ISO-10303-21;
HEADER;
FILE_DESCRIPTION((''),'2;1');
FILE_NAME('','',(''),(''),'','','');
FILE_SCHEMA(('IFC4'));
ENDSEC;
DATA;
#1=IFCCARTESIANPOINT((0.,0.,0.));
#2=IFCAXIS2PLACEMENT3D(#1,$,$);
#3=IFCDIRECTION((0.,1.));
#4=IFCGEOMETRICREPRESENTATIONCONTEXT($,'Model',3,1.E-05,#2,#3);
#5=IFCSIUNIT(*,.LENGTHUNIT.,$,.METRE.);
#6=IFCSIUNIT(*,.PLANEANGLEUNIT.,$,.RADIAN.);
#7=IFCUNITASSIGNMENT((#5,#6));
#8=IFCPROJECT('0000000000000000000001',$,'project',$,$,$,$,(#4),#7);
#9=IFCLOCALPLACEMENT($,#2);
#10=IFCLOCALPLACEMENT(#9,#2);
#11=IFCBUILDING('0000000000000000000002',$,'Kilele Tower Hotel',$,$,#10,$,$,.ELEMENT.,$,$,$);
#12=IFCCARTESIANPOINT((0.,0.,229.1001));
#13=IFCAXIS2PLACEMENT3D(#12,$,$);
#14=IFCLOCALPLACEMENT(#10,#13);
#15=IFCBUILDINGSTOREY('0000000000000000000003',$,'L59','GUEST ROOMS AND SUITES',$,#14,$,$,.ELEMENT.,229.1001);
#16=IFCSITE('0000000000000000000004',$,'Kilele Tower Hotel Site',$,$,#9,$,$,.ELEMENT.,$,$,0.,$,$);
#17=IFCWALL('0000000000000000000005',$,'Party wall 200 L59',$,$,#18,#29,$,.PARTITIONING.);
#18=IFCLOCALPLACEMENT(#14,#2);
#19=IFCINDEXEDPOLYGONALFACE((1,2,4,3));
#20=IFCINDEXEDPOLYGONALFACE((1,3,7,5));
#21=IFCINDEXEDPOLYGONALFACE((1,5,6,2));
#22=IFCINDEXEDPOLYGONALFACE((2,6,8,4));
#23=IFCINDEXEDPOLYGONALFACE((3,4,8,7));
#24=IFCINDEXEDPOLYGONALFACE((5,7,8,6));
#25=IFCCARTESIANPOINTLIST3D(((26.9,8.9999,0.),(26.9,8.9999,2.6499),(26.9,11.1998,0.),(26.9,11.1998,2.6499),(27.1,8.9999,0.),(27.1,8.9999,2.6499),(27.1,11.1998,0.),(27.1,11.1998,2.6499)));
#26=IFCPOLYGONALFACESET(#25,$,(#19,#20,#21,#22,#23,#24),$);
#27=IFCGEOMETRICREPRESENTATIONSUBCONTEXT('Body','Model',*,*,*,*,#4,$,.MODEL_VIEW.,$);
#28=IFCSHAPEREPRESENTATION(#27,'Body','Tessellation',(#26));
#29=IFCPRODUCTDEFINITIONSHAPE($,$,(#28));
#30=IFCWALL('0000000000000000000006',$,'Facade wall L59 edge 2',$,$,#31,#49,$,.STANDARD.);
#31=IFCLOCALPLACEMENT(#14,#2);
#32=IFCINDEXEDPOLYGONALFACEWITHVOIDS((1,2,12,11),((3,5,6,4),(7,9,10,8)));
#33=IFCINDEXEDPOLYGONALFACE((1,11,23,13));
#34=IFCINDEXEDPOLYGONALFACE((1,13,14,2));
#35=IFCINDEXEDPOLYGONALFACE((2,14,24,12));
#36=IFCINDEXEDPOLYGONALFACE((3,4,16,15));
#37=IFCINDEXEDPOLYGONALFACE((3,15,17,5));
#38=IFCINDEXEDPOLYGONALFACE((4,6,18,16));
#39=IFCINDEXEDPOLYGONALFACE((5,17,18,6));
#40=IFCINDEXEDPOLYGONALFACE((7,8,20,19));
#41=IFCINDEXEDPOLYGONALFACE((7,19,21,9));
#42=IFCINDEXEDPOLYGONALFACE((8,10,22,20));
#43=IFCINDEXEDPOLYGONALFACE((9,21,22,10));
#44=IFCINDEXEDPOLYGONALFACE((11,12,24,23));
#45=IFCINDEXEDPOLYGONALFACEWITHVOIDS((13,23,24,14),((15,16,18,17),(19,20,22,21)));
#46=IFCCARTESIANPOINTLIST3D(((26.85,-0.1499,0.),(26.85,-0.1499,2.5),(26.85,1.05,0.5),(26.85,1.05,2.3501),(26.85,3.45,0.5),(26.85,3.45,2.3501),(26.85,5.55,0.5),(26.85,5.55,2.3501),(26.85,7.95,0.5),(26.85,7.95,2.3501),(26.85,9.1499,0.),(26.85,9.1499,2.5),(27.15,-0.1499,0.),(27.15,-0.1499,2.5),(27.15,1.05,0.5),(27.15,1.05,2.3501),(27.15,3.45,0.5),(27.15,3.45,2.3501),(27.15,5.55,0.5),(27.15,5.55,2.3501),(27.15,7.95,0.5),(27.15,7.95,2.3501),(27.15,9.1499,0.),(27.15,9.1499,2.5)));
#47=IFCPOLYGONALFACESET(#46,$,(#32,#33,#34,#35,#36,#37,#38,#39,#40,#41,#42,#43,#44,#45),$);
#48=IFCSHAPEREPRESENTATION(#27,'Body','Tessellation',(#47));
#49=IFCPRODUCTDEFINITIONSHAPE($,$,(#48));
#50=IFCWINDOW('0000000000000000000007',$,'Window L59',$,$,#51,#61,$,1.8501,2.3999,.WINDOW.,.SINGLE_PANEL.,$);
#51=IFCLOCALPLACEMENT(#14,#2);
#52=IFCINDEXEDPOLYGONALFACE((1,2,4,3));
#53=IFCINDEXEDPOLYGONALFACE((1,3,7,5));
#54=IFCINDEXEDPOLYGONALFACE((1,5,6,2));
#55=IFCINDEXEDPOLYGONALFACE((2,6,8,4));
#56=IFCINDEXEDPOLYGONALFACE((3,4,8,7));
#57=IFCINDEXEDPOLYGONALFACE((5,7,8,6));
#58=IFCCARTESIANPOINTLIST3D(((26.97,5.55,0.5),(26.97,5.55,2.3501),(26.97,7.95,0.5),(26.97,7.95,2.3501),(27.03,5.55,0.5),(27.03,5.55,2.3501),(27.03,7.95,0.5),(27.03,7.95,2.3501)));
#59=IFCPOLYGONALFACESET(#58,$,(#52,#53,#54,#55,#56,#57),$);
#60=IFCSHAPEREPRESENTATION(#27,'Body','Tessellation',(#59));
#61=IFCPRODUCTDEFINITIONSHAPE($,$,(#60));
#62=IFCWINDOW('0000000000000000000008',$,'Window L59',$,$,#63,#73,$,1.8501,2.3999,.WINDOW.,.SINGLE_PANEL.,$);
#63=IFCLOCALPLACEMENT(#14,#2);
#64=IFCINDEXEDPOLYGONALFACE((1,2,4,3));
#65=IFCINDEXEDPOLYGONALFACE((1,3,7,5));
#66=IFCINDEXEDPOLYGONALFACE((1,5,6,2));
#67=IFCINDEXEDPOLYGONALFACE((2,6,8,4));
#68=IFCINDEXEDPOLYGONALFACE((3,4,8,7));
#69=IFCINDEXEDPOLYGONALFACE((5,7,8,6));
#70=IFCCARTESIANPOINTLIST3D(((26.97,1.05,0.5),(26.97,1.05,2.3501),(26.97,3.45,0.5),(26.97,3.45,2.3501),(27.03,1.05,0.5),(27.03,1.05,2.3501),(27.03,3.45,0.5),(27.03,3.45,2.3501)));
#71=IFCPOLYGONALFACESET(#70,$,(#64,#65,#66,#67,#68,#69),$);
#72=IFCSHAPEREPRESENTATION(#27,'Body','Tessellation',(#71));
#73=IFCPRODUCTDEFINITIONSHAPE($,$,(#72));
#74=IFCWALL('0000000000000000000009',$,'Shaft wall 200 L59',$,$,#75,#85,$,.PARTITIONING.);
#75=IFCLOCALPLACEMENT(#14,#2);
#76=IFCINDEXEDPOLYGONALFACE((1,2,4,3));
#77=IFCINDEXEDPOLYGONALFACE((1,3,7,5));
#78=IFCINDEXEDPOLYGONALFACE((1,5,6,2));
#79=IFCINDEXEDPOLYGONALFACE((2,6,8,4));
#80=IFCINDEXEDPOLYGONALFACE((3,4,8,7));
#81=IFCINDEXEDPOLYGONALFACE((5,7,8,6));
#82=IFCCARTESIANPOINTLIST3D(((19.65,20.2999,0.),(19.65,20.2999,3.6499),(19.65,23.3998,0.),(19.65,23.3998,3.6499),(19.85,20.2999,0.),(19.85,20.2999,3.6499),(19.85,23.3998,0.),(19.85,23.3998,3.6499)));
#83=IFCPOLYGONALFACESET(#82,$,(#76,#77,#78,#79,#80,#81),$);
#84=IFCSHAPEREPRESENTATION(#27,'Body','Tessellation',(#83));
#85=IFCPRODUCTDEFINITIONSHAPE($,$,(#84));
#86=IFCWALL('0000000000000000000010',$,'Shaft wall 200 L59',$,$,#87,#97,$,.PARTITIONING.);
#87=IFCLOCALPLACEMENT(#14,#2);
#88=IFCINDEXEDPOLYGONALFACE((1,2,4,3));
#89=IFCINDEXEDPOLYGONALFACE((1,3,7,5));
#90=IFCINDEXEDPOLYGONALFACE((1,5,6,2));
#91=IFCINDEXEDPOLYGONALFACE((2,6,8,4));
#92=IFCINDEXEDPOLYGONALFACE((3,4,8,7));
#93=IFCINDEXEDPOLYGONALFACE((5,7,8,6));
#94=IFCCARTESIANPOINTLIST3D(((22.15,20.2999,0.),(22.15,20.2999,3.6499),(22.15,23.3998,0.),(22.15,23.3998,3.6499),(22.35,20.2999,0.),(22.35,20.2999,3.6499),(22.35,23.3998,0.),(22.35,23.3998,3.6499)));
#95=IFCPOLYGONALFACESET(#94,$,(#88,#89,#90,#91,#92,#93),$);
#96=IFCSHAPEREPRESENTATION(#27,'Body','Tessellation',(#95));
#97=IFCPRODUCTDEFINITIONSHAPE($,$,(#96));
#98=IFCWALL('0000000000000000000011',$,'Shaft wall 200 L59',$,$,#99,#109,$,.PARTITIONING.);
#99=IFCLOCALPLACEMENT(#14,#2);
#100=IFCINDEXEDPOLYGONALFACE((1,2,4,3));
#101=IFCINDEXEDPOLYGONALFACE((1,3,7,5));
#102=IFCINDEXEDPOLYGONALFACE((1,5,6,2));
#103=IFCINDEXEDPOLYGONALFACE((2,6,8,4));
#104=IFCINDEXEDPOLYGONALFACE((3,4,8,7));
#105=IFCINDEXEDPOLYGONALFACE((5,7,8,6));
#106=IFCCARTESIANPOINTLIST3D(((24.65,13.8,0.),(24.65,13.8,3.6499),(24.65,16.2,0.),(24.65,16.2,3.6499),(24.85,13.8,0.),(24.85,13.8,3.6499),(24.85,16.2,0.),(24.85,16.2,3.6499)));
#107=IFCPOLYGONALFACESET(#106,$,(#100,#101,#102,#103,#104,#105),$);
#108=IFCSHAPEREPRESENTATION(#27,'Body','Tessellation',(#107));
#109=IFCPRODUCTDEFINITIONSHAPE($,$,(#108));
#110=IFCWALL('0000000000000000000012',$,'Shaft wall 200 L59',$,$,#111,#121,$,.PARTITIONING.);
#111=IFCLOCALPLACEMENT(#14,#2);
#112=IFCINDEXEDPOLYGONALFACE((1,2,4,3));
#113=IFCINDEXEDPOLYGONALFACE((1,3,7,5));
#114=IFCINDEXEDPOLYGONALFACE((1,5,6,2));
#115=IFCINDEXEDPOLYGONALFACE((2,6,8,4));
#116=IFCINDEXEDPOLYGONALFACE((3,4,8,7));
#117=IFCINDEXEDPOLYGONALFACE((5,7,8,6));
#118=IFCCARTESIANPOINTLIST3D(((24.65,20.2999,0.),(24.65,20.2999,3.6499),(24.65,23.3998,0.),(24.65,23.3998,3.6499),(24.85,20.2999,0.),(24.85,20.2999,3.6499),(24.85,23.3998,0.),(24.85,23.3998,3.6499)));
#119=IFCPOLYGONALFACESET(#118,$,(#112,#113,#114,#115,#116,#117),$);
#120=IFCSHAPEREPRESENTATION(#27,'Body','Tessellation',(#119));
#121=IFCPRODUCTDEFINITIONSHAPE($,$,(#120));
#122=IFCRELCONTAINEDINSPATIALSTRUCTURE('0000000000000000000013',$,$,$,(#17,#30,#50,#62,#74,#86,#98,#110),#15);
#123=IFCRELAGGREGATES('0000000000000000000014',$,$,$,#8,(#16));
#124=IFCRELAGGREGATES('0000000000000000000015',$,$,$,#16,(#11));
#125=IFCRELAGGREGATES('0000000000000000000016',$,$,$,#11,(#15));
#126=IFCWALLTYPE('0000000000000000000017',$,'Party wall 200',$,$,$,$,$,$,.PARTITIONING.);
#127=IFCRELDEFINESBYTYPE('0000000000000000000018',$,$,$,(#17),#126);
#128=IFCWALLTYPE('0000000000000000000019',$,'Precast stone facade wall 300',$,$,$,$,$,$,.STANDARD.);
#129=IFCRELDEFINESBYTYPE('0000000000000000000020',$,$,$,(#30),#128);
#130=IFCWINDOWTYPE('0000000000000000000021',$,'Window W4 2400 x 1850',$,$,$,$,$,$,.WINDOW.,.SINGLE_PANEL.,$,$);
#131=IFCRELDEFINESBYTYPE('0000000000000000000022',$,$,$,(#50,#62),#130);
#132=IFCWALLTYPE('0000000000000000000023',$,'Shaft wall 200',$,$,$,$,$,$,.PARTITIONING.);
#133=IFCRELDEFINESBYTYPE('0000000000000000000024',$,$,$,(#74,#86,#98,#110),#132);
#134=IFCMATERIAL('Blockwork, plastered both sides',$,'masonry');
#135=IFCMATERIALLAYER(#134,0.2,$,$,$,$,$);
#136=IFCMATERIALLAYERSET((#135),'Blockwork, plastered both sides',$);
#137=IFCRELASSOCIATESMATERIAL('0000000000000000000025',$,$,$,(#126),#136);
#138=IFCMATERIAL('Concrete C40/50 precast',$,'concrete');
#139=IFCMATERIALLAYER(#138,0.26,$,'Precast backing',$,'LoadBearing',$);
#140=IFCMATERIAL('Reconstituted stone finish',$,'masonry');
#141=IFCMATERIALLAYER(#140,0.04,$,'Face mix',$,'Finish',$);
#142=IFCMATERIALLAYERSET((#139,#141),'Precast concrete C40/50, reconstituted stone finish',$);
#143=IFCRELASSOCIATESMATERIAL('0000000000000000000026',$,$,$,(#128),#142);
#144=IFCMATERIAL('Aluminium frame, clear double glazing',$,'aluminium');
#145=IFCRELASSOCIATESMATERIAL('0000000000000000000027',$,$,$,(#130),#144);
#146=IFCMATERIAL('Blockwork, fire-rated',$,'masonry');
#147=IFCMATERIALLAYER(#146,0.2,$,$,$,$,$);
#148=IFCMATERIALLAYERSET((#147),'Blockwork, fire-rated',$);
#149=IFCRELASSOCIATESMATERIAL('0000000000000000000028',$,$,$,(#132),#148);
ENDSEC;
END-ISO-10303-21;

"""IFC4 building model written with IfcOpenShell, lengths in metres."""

from ifc_helpers import new_model, si_unit, direction, frame, frame_2d, origin, place, context, subcontext, project, spatial, rectangle, extrude, material, layer, layer_set, type_object, element, fill, save


model = new_model("IFC4")

# Units and contexts
model_context = context("Model", 3, precision=1e-05, world=origin(), true_north=direction((0.0, 1.0)))
body_context = subcontext(model_context, "Body", "Model", "MODEL_VIEW")
ifc_project = project(units=[si_unit("LENGTHUNIT", "METRE"), si_unit("PLANEANGLEUNIT", "RADIAN")], contexts=[model_context])

# Site, building, storey
site_placement = place(None, origin())
site = spatial("IfcSite", under=ifc_project, at=site_placement, Name="Kilele Tower Hotel Site", CompositionType="ELEMENT", RefElevation=0.0)
building_placement = place(site_placement, origin())
building = spatial("IfcBuilding", under=site, at=building_placement, Name="Kilele Tower Hotel", CompositionType="ELEMENT")
storey_placement = place(building_placement, frame((0.0, 0.0, 229.1001)))
storey = spatial("IfcBuildingStorey", under=building, at=storey_placement, Name="L59", Description="GUEST ROOMS AND SUITES", CompositionType="ELEMENT", Elevation=229.1001)

# Wall
ifc_material_1 = material(Name="Blockwork, plastered both sides", Category="masonry")
ifc_layer_1 = layer(ifc_material_1, 0.2)
ifc_layer_set_1 = layer_set([ifc_layer_1], Name="Blockwork, plastered both sides")
wall_type_1 = type_object("IfcWallType", Name="Party wall 200", PredefinedType="PARTITIONING", material=ifc_layer_set_1)
wall_1_placement = place(storey_placement, frame((27.0, 11.2, 0.0), z_axis=(0.0, 0.0, 1.0), x_axis=(0.0, -1.0, 0.0)))
element("IfcWall", 1, at=wall_1_placement, inside=storey, type_object=wall_type_1, Name="Party wall 200 L59", PredefinedType="PARTITIONING", context=body_context, shape_type="SweptSolid", body=[
    extrude(rectangle(XDim=2.2, YDim=0.2, at=frame_2d((1.1001, 0.0))), origin(), (0.0, 0.0, 1.0), 2.6499),
])

# Wall, openings, windows
ifc_material_2 = material(Name="Concrete C40/50 precast", Category="concrete")
ifc_layer_2 = layer(ifc_material_2, 0.26, Name="Precast backing", Category="LoadBearing")
ifc_material_3 = material(Name="Reconstituted stone finish", Category="masonry")
ifc_layer_3 = layer(ifc_material_3, 0.04, Name="Face mix", Category="Finish")
ifc_layer_set_2 = layer_set([ifc_layer_2, ifc_layer_3], Name="Precast concrete C40/50, reconstituted stone finish")
wall_type_2 = type_object("IfcWallType", Name="Precast stone facade wall 300", PredefinedType="STANDARD", material=ifc_layer_set_2)
wall_2_placement = place(storey_placement, frame((27.0, 9.1499, 0.0), z_axis=(0.0, 0.0, 1.0), x_axis=(0.0, -1.0, 0.0)))
wall_2 = element("IfcWall", 2, at=wall_2_placement, inside=storey, type_object=wall_type_2, Name="Facade wall L59 edge 2", PredefinedType="STANDARD", context=body_context, shape_type="SweptSolid", body=[
    extrude(rectangle(XDim=9.2998, YDim=0.3, at=frame_2d((4.6499, 0.0))), origin(), (0.0, 0.0, 1.0), 2.5),
])
opening_1_placement = place(wall_2_placement, frame((1.2, 0.0, 0.5)))
opening_1 = element("IfcOpeningElement", 3, at=opening_1_placement, cuts=wall_2, PredefinedType="OPENING", context=body_context, shape_type="SweptSolid", body=[
    extrude(rectangle(XDim=2.3999, YDim=1.8501, at=frame_2d((1.2, 0.925))), frame((0.0, 0.1599, 0.0), z_axis=(0.0, -1.0, 0.0), x_axis=(1.0, 0.0, 0.0)), (0.0, 0.0, 1.0), 0.3201),
])
opening_2_placement = place(wall_2_placement, frame((5.7, 0.0, 0.5)))
opening_2 = element("IfcOpeningElement", 4, at=opening_2_placement, cuts=wall_2, PredefinedType="OPENING", context=body_context, shape_type="SweptSolid", body=[
    extrude(rectangle(XDim=2.3999, YDim=1.8501, at=frame_2d((1.2, 0.925))), frame((0.0, 0.1599, 0.0), z_axis=(0.0, -1.0, 0.0), x_axis=(1.0, 0.0, 0.0)), (0.0, 0.0, 1.0), 0.3201),
])
ifc_material_4 = material(Name="Aluminium frame, clear double glazing", Category="aluminium")
window_type = type_object("IfcWindowType", Name="Window W4 2400 x 1850", PartitioningType="SINGLE_PANEL", PredefinedType="WINDOW", material=ifc_material_4)
window_1_placement = place(opening_1_placement, origin())
window_1 = element("IfcWindow", 5, at=window_1_placement, inside=storey, type_object=window_type, Name="Window L59", OverallHeight=1.8501, OverallWidth=2.3999, PartitioningType="SINGLE_PANEL", PredefinedType="WINDOW", context=body_context, shape_type="SweptSolid", body=[
    extrude(rectangle(XDim=2.3999, YDim=1.8501, at=frame_2d((1.2, 0.925))), frame((0.0, 0.03, 0.0), z_axis=(0.0, -1.0, 0.0), x_axis=(1.0, 0.0, 0.0)), (0.0, 0.0, 1.0), 0.0601),
])
fill(opening_1, window_1)
window_2_placement = place(opening_2_placement, origin())
window_2 = element("IfcWindow", 6, at=window_2_placement, inside=storey, type_object=window_type, Name="Window L59", OverallHeight=1.8501, OverallWidth=2.3999, PartitioningType="SINGLE_PANEL", PredefinedType="WINDOW", context=body_context, shape_type="SweptSolid", body=[
    extrude(rectangle(XDim=2.3999, YDim=1.8501, at=frame_2d((1.2, 0.925))), frame((0.0, 0.03, 0.0), z_axis=(0.0, -1.0, 0.0), x_axis=(1.0, 0.0, 0.0)), (0.0, 0.0, 1.0), 0.0601),
])
fill(opening_2, window_2)

# Walls
ifc_material_5 = material(Name="Blockwork, fire-rated", Category="masonry")
ifc_layer_4 = layer(ifc_material_5, 0.2)
ifc_layer_set_3 = layer_set([ifc_layer_4], Name="Blockwork, fire-rated")
wall_type_3 = type_object("IfcWallType", Name="Shaft wall 200", PredefinedType="PARTITIONING", material=ifc_layer_set_3)
for number, where, z_axis, x_axis, name in (
    (7, (19.75, 20.3, 0.0), (0.0, 0.0, 1.0), (0.0, 1.0, 0.0), "Shaft wall 200 L59"),
    (8, (22.25, 20.3, 0.0), (0.0, 0.0, 1.0), (0.0, 1.0, 0.0), "Shaft wall 200 L59"),
):
    element("IfcWall", number, at=place(storey_placement, frame(where, z_axis=z_axis, x_axis=x_axis)), inside=storey, type_object=wall_type_3, Name=name, PredefinedType="PARTITIONING", context=body_context, shape_type="SweptSolid", body=[
        extrude(rectangle(XDim=3.0999, YDim=0.2, at=frame_2d((1.5498, 0.0))), origin(), (0.0, 0.0, 1.0), 3.6499),
    ])
wall_3_placement = place(storey_placement, frame((24.75, 13.8, 0.0), z_axis=(0.0, 0.0, 1.0), x_axis=(0.0, 1.0, 0.0)))
element("IfcWall", 9, at=wall_3_placement, inside=storey, type_object=wall_type_3, Name="Shaft wall 200 L59", PredefinedType="PARTITIONING", context=body_context, shape_type="SweptSolid", body=[
    extrude(rectangle(XDim=2.3999, YDim=0.2, at=frame_2d((1.2, 0.0))), origin(), (0.0, 0.0, 1.0), 3.6499),
])
wall_4_placement = place(storey_placement, frame((24.75, 20.3, 0.0), z_axis=(0.0, 0.0, 1.0), x_axis=(0.0, 1.0, 0.0)))
element("IfcWall", 10, at=wall_4_placement, inside=storey, type_object=wall_type_3, Name="Shaft wall 200 L59", PredefinedType="PARTITIONING", context=body_context, shape_type="SweptSolid", body=[
    extrude(rectangle(XDim=3.0999, YDim=0.2, at=frame_2d((1.5498, 0.0))), origin(), (0.0, 0.0, 1.0), 3.6499),
])

save(model, "model.ifc")
